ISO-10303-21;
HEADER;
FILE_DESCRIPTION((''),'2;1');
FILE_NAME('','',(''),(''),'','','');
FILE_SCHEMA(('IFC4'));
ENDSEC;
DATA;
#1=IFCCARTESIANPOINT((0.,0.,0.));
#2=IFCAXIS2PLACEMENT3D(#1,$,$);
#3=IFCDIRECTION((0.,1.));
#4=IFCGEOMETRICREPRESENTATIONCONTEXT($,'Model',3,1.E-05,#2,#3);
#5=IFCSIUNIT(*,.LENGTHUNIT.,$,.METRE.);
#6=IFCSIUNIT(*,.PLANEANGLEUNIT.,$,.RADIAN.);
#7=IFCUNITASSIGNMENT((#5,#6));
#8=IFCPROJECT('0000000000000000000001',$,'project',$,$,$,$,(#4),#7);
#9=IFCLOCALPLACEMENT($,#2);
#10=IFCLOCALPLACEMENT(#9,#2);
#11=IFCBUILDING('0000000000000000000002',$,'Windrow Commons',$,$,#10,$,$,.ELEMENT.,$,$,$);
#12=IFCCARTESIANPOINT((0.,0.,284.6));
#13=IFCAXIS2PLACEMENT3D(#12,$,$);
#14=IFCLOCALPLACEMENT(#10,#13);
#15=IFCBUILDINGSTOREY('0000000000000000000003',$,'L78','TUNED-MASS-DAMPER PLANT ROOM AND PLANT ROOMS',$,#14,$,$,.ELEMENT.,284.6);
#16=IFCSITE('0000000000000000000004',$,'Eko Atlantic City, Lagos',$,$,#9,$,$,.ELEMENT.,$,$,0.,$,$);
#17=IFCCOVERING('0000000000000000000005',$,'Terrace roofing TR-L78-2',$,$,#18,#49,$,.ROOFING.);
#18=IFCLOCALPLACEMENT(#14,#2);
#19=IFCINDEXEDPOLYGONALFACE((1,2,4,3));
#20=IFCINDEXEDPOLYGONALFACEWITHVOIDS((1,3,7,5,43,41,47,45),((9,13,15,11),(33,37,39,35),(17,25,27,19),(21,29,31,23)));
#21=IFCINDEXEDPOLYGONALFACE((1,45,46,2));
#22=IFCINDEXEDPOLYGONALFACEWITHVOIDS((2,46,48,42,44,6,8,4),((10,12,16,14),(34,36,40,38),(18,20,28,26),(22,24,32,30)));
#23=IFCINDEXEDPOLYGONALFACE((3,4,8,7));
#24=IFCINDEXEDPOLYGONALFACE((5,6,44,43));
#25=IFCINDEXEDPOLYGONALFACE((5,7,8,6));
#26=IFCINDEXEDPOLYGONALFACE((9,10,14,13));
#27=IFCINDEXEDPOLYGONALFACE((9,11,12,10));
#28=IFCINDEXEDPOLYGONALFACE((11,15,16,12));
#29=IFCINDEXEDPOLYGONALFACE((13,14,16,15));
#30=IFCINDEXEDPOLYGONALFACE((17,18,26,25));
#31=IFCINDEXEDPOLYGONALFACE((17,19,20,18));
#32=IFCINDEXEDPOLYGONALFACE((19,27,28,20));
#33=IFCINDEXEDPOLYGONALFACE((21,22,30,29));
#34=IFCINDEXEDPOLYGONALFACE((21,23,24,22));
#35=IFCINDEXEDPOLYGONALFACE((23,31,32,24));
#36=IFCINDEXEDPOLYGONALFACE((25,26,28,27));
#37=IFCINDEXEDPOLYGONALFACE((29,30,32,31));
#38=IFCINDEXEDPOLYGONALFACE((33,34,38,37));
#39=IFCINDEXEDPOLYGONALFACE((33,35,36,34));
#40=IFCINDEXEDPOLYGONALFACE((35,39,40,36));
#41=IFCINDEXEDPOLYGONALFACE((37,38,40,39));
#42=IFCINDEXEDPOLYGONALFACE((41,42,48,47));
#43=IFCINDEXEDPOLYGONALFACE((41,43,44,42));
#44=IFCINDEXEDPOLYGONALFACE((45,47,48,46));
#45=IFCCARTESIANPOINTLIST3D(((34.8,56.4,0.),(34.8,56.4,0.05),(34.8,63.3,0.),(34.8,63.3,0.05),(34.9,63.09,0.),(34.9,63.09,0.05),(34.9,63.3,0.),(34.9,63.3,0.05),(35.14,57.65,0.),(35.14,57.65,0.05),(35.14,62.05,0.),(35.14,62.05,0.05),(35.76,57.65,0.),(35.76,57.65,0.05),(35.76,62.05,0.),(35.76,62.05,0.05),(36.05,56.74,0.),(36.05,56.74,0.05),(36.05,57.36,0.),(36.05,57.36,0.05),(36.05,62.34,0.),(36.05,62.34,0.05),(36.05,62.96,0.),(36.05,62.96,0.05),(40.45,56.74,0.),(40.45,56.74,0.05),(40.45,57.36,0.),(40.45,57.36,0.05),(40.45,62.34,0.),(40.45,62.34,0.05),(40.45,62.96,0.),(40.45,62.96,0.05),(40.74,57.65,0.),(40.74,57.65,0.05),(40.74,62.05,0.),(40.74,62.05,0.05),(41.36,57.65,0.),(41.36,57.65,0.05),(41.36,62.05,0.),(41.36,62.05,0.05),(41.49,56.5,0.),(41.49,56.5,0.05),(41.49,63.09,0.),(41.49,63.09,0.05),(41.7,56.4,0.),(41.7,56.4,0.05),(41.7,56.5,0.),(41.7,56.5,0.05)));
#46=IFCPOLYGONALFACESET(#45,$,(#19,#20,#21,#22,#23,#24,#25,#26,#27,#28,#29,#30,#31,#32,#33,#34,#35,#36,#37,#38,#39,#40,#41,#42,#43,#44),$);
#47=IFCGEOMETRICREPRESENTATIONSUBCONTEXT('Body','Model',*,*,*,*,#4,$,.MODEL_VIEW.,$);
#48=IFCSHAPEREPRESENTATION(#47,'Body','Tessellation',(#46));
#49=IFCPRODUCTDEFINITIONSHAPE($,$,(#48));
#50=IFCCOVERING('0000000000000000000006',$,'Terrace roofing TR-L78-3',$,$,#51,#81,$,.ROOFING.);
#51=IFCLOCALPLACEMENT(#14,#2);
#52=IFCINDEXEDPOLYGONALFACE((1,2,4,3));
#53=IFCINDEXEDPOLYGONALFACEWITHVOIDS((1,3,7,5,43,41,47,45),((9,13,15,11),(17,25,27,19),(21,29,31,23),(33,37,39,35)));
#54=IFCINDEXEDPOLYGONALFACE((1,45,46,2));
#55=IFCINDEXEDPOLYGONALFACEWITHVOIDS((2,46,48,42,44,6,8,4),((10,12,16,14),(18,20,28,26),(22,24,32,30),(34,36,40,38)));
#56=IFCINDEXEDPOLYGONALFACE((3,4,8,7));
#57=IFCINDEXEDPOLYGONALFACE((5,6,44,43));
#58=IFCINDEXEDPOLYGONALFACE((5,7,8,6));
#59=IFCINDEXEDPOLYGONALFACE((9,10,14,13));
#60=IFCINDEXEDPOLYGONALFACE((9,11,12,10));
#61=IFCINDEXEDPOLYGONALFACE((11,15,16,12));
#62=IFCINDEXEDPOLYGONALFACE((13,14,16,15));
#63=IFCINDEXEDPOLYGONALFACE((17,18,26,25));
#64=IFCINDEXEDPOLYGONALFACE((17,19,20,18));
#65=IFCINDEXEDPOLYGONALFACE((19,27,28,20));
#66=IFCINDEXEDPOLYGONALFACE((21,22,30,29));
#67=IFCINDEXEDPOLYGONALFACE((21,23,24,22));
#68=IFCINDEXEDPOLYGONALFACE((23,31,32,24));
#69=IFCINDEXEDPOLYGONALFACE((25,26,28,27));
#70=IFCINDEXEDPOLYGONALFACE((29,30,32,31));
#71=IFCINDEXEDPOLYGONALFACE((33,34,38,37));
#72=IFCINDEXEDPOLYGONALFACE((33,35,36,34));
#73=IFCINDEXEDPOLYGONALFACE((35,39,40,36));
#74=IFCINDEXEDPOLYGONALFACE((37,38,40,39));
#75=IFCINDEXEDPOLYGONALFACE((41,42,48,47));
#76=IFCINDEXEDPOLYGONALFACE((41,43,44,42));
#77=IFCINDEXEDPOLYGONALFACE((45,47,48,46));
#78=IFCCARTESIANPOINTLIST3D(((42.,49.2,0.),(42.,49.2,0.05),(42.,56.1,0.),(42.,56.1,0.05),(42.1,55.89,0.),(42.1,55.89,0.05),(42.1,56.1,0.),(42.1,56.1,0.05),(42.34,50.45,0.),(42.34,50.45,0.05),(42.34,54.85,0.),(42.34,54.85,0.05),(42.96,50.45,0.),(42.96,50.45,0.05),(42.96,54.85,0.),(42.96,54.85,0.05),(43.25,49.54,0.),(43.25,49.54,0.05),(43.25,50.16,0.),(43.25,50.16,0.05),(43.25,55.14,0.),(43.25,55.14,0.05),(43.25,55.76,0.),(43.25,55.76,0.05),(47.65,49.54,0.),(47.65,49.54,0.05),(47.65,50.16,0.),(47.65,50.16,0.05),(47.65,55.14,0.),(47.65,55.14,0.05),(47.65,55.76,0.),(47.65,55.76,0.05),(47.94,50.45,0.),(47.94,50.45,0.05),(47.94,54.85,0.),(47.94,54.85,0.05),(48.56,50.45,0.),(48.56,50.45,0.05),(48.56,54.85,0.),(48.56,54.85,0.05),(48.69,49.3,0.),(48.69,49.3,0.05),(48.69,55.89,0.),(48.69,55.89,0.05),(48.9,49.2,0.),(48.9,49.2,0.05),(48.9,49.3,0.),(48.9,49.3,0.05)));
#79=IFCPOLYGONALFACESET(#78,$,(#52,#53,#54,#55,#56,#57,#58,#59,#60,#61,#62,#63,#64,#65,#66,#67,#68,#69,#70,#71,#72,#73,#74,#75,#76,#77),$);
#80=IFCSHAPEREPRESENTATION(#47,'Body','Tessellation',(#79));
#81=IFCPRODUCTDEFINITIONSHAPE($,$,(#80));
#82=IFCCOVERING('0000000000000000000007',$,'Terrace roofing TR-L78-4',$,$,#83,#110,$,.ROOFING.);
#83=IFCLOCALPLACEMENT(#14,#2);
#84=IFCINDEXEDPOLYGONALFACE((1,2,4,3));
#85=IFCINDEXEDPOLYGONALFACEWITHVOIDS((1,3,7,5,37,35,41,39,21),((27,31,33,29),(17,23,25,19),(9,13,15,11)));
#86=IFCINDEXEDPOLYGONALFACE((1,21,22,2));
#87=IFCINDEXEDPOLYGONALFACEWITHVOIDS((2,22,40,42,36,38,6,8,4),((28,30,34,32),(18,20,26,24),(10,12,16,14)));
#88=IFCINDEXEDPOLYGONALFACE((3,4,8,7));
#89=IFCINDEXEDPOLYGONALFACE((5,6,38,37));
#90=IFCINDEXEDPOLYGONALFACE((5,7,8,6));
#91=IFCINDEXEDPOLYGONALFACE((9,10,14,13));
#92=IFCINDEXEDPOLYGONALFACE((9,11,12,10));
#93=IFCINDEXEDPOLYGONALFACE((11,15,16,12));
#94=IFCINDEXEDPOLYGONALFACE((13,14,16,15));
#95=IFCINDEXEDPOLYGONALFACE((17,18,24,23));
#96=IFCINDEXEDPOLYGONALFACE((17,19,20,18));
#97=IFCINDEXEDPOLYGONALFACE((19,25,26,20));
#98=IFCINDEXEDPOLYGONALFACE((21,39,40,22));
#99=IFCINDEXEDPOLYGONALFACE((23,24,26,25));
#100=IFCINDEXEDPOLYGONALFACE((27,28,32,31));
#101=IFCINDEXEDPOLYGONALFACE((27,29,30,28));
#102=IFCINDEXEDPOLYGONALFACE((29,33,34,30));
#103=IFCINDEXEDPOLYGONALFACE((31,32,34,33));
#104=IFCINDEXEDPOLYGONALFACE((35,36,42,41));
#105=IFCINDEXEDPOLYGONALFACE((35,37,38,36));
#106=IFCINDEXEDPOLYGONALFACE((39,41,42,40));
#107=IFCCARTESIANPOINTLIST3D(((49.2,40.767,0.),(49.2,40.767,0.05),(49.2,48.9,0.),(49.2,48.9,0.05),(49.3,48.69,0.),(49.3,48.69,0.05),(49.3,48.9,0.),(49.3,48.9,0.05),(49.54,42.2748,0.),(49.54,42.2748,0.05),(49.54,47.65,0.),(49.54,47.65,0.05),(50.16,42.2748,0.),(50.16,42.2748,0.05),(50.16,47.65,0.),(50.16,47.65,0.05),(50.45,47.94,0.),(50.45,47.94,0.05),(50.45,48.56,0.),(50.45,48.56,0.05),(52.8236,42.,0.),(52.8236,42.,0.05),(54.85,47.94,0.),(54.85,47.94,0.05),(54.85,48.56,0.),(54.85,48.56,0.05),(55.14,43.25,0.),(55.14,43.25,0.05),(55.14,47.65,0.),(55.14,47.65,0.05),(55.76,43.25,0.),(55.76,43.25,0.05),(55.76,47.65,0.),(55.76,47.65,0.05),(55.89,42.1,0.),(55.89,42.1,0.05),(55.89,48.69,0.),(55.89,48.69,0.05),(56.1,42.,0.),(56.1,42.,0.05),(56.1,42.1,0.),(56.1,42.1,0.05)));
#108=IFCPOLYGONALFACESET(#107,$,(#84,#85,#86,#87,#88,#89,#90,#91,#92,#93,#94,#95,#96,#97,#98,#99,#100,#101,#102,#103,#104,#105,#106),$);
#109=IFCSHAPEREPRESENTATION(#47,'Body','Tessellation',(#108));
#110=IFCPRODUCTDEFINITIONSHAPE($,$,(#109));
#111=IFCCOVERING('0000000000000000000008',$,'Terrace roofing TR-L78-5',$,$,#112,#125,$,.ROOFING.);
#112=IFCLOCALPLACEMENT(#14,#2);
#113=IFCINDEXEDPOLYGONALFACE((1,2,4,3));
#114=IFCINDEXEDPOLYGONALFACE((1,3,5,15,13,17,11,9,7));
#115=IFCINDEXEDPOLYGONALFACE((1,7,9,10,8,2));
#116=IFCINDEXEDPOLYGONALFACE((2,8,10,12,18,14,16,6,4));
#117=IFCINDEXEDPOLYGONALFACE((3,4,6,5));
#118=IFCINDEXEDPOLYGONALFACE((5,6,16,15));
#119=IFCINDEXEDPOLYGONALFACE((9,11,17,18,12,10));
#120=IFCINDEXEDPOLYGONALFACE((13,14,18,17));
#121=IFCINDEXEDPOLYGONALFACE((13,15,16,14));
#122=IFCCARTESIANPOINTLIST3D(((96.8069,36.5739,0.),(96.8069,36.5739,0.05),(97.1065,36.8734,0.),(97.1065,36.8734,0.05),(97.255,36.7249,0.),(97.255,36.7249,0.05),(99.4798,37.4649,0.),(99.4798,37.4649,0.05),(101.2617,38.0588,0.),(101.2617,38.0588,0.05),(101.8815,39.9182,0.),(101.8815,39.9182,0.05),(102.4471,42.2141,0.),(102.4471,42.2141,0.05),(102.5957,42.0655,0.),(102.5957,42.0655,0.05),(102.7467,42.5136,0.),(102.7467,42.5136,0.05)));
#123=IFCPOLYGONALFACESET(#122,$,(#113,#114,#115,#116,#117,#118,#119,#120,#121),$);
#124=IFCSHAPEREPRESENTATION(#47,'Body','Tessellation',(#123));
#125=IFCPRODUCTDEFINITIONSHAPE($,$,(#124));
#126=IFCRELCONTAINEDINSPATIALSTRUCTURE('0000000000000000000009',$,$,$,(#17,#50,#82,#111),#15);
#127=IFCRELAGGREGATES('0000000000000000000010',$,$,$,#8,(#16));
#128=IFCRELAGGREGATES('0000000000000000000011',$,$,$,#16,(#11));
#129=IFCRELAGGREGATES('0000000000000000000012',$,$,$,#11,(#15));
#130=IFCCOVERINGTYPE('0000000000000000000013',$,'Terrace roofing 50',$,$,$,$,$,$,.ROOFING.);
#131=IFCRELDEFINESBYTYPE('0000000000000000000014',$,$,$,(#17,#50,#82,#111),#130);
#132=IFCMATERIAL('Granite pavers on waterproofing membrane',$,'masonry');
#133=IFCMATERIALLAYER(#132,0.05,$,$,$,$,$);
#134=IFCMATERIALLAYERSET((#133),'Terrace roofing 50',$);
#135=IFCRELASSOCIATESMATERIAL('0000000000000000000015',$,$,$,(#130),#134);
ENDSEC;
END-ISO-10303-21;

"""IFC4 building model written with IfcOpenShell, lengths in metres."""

from ifc_helpers import new_model, si_unit, direction, frame, origin, place, context, subcontext, project, spatial, polyline, outline, extrude, material, layer, layer_set, type_object, element, save


model = new_model("IFC4")

# Units and contexts
model_context = context("Model", 3, precision=1e-05, world=origin(), true_north=direction((0.0, 1.0)))
body_context = subcontext(model_context, "Body", "Model", "MODEL_VIEW")
ifc_project = project(units=[si_unit("LENGTHUNIT", "METRE"), si_unit("PLANEANGLEUNIT", "RADIAN")], contexts=[model_context])

# Site, building, storey
site_placement = place(None, origin())
site = spatial("IfcSite", under=ifc_project, at=site_placement, Name="Eko Atlantic City, Lagos", CompositionType="ELEMENT", RefElevation=0.0)
building_placement = place(site_placement, origin())
building = spatial("IfcBuilding", under=site, at=building_placement, Name="Windrow Commons", CompositionType="ELEMENT")
storey_placement = place(building_placement, frame((0.0, 0.0, 284.6)))
storey = spatial("IfcBuildingStorey", under=building, at=storey_placement, Name="L78", Description="TUNED-MASS-DAMPER PLANT ROOM AND PLANT ROOMS", CompositionType="ELEMENT", Elevation=284.6)

# Shared definitions
placement_1 = place(storey_placement, origin())

# Coverings
ifc_material_1 = material(Name="Granite pavers on waterproofing membrane", Category="masonry")
ifc_layer_1 = layer(ifc_material_1, 0.05)
ifc_layer_set_1 = layer_set([ifc_layer_1], Name="Terrace roofing 50")
covering_type = type_object("IfcCoveringType", Name="Terrace roofing 50", PredefinedType="ROOFING", material=ifc_layer_set_1)
element("IfcCovering", 1, at=placement_1, inside=storey, type_object=covering_type, Name="Terrace roofing TR-L78-2", PredefinedType="ROOFING", context=body_context, shape_type="SweptSolid", body=[
    extrude(outline(polyline([(41.7, 56.4), (34.8, 56.4), (34.8, 63.3), (34.9, 63.3), (34.9, 63.09), (41.49, 63.09), (41.49, 56.5), (41.7, 56.5), (41.7, 56.4)]), holes=[polyline([(36.05, 56.74), (40.45, 56.74), (40.45, 57.36), (36.05, 57.36), (36.05, 56.74)]), polyline([(35.14, 62.05), (35.14, 57.65), (35.76, 57.65), (35.76, 62.05), (35.14, 62.05)]), polyline([(41.36, 57.65), (41.36, 62.05), (40.74, 62.05), (40.74, 57.65), (41.36, 57.65)]), polyline([(40.45, 62.34), (40.45, 62.96), (36.05, 62.96), (36.05, 62.34), (40.45, 62.34)])]), origin(), (0.0, 0.0, 1.0), 0.05),
])
element("IfcCovering", 2, at=placement_1, inside=storey, type_object=covering_type, Name="Terrace roofing TR-L78-3", PredefinedType="ROOFING", context=body_context, shape_type="SweptSolid", body=[
    extrude(outline(polyline([(48.9, 49.2), (42.0, 49.2), (42.0, 56.1), (42.1, 56.1), (42.1, 55.89), (48.69, 55.89), (48.69, 49.3), (48.9, 49.3), (48.9, 49.2)]), holes=[polyline([(43.25, 49.54), (47.65, 49.54), (47.65, 50.16), (43.25, 50.16), (43.25, 49.54)]), polyline([(42.34, 54.85), (42.34, 50.45), (42.96, 50.45), (42.96, 54.85), (42.34, 54.85)]), polyline([(48.56, 50.45), (48.56, 54.85), (47.94, 54.85), (47.94, 50.45), (48.56, 50.45)]), polyline([(47.65, 55.76), (43.25, 55.76), (43.25, 55.14), (47.65, 55.14), (47.65, 55.76)])]), origin(), (0.0, 0.0, 1.0), 0.05),
])
element("IfcCovering", 3, at=placement_1, inside=storey, type_object=covering_type, Name="Terrace roofing TR-L78-4", PredefinedType="ROOFING", context=body_context, shape_type="SweptSolid", body=[
    extrude(outline(polyline([(56.1, 42.0), (52.8236, 42.0), (49.2, 40.767), (49.2, 48.9), (49.3, 48.9), (49.3, 48.69), (55.89, 48.69), (55.89, 42.1), (56.1, 42.1), (56.1, 42.0)]), holes=[polyline([(49.54, 47.65), (49.54, 42.2748), (50.16, 42.2748), (50.16, 47.65), (49.54, 47.65)]), polyline([(55.76, 43.25), (55.76, 47.65), (55.14, 47.65), (55.14, 43.25), (55.76, 43.25)]), polyline([(54.85, 48.56), (50.45, 48.56), (50.45, 47.94), (54.85, 47.94), (54.85, 48.56)])]), origin(), (0.0, 0.0, 1.0), 0.05),
])
element("IfcCovering", 4, at=placement_1, inside=storey, type_object=covering_type, Name="Terrace roofing TR-L78-5", PredefinedType="ROOFING", context=body_context, shape_type="SweptSolid", body=[
    extrude(outline(polyline([(102.7467, 42.5136), (101.8815, 39.9182), (101.2617, 38.0588), (99.4798, 37.4649), (96.8069, 36.5739), (97.1065, 36.8734), (97.255, 36.7249), (102.5957, 42.0655), (102.4471, 42.2141), (102.7467, 42.5136)])), origin(), (0.0, 0.0, 1.0), 0.05),
])

save(model, "model.ifc")
